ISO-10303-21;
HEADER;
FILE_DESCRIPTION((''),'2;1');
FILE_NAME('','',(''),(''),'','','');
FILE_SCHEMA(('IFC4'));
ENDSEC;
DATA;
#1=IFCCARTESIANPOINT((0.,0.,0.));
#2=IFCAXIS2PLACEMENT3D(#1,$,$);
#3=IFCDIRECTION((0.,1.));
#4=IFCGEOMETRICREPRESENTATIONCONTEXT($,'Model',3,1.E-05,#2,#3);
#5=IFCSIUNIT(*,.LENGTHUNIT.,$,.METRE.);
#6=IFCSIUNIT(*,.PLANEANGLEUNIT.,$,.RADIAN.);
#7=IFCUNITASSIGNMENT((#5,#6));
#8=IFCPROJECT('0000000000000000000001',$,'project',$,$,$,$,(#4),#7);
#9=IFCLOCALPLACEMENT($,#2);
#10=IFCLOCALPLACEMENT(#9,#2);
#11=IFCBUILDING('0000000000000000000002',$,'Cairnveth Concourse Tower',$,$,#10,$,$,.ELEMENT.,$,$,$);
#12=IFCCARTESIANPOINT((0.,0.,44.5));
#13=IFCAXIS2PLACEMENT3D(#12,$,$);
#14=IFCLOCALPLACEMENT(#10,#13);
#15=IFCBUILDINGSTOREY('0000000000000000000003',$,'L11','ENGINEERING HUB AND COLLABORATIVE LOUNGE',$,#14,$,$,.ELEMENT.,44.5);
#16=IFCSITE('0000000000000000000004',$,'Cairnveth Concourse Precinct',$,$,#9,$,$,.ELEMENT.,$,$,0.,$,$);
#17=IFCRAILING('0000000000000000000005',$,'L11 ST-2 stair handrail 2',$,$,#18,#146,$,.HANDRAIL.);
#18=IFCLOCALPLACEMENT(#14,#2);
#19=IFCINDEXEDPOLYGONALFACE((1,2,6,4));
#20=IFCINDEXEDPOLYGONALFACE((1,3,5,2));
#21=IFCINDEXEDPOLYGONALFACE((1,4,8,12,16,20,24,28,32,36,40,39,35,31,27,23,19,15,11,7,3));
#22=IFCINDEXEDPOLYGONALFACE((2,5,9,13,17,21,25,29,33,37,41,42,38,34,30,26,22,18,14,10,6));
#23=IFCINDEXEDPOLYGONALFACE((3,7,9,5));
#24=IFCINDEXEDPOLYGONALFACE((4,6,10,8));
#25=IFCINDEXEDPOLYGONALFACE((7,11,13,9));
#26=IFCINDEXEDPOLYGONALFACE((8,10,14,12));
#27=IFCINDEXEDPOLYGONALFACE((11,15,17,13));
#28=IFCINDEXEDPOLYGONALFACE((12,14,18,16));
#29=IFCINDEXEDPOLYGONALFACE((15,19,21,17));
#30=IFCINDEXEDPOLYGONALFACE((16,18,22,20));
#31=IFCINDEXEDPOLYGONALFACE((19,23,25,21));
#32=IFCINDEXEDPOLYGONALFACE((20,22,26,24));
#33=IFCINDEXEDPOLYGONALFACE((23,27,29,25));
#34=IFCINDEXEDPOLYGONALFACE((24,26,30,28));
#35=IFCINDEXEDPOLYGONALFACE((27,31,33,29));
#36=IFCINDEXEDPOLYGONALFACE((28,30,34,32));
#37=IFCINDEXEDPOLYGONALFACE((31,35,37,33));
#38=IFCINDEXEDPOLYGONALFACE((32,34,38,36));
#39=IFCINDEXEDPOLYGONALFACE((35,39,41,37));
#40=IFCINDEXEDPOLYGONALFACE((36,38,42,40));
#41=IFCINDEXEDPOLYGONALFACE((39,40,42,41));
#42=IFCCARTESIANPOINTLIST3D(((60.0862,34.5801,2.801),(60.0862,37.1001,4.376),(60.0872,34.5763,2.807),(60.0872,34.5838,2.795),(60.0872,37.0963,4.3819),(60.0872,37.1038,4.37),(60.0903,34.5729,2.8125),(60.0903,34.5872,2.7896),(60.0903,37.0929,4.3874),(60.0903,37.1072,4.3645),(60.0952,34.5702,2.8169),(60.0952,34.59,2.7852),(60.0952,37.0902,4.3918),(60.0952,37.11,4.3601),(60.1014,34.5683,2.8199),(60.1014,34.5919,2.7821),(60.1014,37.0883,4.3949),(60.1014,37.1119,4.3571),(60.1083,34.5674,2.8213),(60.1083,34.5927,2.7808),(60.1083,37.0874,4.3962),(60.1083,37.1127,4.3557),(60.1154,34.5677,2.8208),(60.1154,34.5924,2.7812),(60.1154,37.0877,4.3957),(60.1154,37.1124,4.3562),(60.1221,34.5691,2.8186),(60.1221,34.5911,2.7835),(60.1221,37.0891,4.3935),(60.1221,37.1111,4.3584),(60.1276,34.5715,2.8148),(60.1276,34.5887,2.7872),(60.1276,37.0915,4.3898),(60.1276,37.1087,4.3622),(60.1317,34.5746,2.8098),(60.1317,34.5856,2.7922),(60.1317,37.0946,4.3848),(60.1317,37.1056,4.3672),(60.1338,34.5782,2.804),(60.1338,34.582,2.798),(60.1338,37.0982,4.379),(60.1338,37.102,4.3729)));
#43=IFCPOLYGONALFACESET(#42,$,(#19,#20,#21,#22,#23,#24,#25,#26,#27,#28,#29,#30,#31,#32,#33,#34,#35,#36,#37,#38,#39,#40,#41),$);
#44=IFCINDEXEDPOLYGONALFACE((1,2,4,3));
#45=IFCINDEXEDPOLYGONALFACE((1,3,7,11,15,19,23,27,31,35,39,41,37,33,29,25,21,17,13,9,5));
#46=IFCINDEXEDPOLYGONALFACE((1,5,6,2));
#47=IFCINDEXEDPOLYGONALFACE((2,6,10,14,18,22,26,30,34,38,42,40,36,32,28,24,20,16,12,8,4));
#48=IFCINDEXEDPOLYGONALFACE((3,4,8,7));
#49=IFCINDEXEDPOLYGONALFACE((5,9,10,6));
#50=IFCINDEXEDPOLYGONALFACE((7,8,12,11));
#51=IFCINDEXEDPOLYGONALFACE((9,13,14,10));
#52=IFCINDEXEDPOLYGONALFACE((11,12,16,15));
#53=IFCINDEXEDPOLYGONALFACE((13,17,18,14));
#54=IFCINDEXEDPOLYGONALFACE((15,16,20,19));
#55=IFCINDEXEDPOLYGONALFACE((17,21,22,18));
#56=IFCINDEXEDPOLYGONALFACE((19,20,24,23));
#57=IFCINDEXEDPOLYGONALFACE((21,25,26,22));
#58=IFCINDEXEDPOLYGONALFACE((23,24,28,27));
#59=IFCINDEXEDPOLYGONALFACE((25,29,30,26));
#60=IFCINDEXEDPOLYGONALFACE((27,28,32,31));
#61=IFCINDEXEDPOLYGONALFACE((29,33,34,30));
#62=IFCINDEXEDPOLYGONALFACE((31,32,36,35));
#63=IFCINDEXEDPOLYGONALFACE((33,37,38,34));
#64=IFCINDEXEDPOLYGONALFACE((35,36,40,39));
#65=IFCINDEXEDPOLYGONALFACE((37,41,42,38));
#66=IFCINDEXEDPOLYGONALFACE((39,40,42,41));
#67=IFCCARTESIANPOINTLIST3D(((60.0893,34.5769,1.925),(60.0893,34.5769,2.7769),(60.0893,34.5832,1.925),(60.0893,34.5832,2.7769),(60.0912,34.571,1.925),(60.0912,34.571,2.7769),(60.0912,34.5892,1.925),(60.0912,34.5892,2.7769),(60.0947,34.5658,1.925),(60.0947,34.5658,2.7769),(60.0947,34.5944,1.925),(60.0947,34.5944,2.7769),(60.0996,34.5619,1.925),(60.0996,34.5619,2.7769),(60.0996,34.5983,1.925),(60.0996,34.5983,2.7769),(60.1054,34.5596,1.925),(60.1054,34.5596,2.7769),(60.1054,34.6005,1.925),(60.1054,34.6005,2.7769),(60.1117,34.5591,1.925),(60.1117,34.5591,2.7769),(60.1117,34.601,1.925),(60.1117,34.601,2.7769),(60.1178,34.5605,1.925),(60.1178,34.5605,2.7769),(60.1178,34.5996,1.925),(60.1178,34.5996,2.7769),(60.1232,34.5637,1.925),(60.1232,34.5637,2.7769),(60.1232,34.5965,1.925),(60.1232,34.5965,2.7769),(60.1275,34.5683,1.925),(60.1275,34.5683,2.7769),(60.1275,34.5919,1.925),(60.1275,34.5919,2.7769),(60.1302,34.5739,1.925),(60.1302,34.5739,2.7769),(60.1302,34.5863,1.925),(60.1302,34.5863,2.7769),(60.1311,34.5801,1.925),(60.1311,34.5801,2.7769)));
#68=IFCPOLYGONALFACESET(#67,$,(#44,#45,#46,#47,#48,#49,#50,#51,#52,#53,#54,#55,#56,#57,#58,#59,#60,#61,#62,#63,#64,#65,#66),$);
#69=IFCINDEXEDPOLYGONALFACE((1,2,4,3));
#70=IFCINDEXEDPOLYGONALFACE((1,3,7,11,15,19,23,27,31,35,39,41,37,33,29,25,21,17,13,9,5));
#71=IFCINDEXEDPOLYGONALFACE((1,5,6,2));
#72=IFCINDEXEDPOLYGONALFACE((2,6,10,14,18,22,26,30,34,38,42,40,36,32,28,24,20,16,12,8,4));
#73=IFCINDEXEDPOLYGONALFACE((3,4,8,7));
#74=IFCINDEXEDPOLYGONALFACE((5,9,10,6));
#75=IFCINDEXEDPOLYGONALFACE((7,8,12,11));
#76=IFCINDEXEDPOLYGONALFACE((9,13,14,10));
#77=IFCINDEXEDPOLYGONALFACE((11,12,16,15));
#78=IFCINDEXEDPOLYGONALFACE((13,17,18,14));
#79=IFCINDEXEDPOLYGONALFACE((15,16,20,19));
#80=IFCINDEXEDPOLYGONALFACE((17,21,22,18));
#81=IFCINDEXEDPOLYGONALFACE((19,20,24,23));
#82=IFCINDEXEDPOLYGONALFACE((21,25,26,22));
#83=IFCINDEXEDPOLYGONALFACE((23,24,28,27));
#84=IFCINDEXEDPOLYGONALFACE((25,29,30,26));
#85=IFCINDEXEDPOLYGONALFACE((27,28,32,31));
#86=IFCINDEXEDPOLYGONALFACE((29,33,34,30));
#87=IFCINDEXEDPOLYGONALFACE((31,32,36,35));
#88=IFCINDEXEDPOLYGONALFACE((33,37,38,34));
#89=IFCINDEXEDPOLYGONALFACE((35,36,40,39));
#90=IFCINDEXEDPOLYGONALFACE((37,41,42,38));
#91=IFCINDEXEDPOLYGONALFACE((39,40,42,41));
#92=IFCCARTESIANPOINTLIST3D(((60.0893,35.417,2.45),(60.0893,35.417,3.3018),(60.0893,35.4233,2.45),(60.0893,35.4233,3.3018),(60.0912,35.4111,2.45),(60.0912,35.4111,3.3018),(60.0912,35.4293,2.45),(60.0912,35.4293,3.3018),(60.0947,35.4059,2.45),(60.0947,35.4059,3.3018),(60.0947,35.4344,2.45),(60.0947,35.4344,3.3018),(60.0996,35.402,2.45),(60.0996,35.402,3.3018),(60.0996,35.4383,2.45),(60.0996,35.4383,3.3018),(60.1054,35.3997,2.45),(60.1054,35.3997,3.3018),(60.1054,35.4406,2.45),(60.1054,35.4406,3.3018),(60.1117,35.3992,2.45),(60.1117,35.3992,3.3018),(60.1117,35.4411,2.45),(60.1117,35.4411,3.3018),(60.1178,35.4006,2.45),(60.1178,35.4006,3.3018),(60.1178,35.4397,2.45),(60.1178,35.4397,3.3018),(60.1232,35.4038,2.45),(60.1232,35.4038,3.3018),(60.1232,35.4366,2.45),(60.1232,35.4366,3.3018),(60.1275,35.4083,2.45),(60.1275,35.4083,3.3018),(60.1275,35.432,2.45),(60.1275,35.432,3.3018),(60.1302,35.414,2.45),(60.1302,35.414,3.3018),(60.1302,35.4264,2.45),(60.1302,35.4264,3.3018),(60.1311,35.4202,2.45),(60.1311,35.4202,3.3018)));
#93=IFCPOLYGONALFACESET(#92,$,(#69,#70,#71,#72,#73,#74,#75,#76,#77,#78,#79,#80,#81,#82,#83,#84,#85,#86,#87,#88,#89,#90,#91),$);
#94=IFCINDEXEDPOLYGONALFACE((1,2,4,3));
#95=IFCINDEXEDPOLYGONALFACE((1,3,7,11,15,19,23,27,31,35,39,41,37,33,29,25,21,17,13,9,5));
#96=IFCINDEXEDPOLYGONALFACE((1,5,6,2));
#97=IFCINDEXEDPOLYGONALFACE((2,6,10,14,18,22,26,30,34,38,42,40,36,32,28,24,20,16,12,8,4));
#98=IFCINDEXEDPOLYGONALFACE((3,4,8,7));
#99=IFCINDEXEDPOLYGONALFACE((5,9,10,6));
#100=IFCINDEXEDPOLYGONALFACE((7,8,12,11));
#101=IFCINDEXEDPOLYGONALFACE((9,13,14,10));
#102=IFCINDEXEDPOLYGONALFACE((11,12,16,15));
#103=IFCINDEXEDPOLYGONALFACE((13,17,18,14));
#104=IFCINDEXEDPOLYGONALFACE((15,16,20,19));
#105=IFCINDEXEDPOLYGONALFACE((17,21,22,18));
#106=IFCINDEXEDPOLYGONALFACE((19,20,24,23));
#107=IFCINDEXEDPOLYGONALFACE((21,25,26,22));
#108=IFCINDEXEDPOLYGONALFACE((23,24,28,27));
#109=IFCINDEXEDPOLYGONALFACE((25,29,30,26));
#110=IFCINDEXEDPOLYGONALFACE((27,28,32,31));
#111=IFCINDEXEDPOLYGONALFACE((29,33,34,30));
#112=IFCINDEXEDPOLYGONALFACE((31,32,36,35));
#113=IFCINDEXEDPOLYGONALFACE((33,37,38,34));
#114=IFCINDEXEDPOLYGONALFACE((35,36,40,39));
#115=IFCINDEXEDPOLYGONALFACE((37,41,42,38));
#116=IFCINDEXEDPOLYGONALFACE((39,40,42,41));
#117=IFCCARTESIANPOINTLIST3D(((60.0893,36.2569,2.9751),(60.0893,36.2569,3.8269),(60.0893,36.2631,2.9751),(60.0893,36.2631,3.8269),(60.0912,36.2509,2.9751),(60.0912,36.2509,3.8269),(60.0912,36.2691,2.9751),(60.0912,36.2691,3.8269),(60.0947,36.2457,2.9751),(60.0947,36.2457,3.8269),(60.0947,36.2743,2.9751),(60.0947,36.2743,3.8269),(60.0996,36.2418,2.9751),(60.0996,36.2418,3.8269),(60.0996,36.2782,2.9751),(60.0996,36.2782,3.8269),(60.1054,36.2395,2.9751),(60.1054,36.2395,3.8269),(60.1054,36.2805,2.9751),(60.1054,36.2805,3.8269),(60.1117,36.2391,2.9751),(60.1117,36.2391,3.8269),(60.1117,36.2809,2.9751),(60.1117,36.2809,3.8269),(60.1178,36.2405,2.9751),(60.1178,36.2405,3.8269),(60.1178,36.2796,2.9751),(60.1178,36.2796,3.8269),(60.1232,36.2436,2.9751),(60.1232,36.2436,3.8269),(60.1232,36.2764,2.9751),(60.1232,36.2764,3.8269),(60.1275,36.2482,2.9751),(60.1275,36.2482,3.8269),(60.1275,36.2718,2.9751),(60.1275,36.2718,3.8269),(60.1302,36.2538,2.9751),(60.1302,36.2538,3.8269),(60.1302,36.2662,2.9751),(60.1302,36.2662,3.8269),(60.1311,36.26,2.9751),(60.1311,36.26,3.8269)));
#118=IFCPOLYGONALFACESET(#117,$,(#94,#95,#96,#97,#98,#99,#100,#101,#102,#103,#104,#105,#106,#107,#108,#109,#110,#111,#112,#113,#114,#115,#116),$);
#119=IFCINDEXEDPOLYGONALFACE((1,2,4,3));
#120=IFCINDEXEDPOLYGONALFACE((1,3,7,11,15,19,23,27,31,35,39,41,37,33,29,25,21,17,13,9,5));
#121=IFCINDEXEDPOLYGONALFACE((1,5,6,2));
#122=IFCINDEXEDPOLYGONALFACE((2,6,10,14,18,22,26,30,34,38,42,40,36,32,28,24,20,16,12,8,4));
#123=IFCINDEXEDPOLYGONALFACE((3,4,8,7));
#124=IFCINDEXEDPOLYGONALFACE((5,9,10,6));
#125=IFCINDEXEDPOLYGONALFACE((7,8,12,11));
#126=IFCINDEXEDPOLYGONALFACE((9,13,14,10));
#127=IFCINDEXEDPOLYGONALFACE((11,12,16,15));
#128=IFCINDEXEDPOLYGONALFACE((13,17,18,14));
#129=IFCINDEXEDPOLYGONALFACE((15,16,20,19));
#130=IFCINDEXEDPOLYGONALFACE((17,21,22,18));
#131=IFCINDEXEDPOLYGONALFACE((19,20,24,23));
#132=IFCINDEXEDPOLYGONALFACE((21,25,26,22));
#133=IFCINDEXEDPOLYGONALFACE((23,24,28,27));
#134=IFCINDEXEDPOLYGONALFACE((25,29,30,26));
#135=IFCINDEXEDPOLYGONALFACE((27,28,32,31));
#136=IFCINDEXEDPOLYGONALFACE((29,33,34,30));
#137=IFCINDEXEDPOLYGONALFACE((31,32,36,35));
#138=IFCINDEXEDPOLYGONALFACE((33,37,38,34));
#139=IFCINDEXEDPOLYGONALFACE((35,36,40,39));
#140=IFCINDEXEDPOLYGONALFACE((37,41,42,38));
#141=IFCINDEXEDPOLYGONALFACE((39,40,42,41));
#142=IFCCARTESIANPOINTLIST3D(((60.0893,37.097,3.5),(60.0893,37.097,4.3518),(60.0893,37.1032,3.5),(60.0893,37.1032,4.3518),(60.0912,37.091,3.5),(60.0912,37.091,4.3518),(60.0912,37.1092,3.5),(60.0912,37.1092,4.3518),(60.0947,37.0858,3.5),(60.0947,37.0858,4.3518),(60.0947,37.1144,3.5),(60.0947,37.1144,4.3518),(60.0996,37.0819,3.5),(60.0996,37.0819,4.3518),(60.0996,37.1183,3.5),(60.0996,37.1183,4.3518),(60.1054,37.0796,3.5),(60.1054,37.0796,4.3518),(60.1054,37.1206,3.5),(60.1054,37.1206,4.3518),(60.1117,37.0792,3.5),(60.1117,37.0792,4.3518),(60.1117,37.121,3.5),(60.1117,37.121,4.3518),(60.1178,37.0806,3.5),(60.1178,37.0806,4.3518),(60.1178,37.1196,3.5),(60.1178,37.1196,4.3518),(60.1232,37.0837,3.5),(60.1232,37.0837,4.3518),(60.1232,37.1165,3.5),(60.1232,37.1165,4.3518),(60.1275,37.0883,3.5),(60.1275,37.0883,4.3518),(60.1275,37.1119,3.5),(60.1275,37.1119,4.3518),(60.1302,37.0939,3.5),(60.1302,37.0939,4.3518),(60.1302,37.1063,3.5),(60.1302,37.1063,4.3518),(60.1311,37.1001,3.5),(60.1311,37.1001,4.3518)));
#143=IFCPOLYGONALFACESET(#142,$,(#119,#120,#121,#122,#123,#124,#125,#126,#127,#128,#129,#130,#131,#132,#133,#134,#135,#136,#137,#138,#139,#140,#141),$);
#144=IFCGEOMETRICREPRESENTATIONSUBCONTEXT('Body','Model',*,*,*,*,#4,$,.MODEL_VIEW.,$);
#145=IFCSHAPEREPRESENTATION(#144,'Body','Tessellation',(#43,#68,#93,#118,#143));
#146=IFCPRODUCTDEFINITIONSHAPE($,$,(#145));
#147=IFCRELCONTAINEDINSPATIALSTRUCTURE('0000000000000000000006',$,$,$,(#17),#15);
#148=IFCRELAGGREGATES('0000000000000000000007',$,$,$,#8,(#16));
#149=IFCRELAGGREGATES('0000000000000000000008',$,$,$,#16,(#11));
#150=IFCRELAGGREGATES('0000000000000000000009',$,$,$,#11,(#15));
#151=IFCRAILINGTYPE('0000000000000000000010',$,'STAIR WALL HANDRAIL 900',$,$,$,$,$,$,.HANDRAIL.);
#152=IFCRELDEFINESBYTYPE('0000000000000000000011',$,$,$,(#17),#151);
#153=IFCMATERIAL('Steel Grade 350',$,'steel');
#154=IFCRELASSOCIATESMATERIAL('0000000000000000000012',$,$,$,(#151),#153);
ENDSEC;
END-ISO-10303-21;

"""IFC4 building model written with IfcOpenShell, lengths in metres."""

from ifc_helpers import new_model, si_unit, direction, frame, origin, origin_2d, place, context, subcontext, project, spatial, circle, extrude, material, type_object, element, save


model = new_model("IFC4")

# Units and contexts
model_context = context("Model", 3, precision=1e-05, world=origin(), true_north=direction((0.0, 1.0)))
body_context = subcontext(model_context, "Body", "Model", "MODEL_VIEW")
ifc_project = project(units=[si_unit("LENGTHUNIT", "METRE"), si_unit("PLANEANGLEUNIT", "RADIAN")], contexts=[model_context])

# Site, building, storey
site_placement = place(None, origin())
site = spatial("IfcSite", under=ifc_project, at=site_placement, Name="Cairnveth Concourse Precinct", CompositionType="ELEMENT", RefElevation=0.0)
building_placement = place(site_placement, origin())
building = spatial("IfcBuilding", under=site, at=building_placement, Name="Cairnveth Concourse Tower", CompositionType="ELEMENT")
storey_placement = place(building_placement, frame((0.0, 0.0, 44.5)))
storey = spatial("IfcBuildingStorey", under=building, at=storey_placement, Name="L11", Description="ENGINEERING HUB AND COLLABORATIVE LOUNGE", CompositionType="ELEMENT", Elevation=44.5)

# Shared definitions
ifc_material_1 = material(Name="Steel Grade 350", Category="steel")

# Railing
railing_type_1 = type_object("IfcRailingType", Name="STAIR WALL HANDRAIL 900", PredefinedType="HANDRAIL", material=ifc_material_1)
railing_1_placement = place(storey_placement, frame((60.1101, 34.5801, 1.925)))
element("IfcRailing", 1, at=railing_1_placement, inside=storey, type_object=railing_type_1, Name="L11 ST-2 stair handrail 2", PredefinedType="HANDRAIL", context=body_context, shape_type="SweptSolid", body=[
    extrude(circle(Radius=0.0239, at=origin_2d()), frame((0.0, 0.0, 0.876), z_axis=(0.0, 0.848008, 0.529984), x_axis=(-1.0, 0.0, 0.0)), (0.0, 0.0, 1.0), 2.9717),
    extrude(circle(Radius=0.021, at=origin_2d()), origin(), (0.0, 0.0, 1.0), 0.8518),
    extrude(circle(Radius=0.021, at=origin_2d()), frame((0.0, 0.8401, 0.5249)), (0.0, 0.0, 1.0), 0.8518),
    extrude(circle(Radius=0.021, at=origin_2d()), frame((0.0, 1.6799, 1.05)), (0.0, 0.0, 1.0), 0.8518),
    extrude(circle(Radius=0.021, at=origin_2d()), frame((0.0, 2.52, 1.575)), (0.0, 0.0, 1.0), 0.8518),
])

save(model, "model.ifc")
